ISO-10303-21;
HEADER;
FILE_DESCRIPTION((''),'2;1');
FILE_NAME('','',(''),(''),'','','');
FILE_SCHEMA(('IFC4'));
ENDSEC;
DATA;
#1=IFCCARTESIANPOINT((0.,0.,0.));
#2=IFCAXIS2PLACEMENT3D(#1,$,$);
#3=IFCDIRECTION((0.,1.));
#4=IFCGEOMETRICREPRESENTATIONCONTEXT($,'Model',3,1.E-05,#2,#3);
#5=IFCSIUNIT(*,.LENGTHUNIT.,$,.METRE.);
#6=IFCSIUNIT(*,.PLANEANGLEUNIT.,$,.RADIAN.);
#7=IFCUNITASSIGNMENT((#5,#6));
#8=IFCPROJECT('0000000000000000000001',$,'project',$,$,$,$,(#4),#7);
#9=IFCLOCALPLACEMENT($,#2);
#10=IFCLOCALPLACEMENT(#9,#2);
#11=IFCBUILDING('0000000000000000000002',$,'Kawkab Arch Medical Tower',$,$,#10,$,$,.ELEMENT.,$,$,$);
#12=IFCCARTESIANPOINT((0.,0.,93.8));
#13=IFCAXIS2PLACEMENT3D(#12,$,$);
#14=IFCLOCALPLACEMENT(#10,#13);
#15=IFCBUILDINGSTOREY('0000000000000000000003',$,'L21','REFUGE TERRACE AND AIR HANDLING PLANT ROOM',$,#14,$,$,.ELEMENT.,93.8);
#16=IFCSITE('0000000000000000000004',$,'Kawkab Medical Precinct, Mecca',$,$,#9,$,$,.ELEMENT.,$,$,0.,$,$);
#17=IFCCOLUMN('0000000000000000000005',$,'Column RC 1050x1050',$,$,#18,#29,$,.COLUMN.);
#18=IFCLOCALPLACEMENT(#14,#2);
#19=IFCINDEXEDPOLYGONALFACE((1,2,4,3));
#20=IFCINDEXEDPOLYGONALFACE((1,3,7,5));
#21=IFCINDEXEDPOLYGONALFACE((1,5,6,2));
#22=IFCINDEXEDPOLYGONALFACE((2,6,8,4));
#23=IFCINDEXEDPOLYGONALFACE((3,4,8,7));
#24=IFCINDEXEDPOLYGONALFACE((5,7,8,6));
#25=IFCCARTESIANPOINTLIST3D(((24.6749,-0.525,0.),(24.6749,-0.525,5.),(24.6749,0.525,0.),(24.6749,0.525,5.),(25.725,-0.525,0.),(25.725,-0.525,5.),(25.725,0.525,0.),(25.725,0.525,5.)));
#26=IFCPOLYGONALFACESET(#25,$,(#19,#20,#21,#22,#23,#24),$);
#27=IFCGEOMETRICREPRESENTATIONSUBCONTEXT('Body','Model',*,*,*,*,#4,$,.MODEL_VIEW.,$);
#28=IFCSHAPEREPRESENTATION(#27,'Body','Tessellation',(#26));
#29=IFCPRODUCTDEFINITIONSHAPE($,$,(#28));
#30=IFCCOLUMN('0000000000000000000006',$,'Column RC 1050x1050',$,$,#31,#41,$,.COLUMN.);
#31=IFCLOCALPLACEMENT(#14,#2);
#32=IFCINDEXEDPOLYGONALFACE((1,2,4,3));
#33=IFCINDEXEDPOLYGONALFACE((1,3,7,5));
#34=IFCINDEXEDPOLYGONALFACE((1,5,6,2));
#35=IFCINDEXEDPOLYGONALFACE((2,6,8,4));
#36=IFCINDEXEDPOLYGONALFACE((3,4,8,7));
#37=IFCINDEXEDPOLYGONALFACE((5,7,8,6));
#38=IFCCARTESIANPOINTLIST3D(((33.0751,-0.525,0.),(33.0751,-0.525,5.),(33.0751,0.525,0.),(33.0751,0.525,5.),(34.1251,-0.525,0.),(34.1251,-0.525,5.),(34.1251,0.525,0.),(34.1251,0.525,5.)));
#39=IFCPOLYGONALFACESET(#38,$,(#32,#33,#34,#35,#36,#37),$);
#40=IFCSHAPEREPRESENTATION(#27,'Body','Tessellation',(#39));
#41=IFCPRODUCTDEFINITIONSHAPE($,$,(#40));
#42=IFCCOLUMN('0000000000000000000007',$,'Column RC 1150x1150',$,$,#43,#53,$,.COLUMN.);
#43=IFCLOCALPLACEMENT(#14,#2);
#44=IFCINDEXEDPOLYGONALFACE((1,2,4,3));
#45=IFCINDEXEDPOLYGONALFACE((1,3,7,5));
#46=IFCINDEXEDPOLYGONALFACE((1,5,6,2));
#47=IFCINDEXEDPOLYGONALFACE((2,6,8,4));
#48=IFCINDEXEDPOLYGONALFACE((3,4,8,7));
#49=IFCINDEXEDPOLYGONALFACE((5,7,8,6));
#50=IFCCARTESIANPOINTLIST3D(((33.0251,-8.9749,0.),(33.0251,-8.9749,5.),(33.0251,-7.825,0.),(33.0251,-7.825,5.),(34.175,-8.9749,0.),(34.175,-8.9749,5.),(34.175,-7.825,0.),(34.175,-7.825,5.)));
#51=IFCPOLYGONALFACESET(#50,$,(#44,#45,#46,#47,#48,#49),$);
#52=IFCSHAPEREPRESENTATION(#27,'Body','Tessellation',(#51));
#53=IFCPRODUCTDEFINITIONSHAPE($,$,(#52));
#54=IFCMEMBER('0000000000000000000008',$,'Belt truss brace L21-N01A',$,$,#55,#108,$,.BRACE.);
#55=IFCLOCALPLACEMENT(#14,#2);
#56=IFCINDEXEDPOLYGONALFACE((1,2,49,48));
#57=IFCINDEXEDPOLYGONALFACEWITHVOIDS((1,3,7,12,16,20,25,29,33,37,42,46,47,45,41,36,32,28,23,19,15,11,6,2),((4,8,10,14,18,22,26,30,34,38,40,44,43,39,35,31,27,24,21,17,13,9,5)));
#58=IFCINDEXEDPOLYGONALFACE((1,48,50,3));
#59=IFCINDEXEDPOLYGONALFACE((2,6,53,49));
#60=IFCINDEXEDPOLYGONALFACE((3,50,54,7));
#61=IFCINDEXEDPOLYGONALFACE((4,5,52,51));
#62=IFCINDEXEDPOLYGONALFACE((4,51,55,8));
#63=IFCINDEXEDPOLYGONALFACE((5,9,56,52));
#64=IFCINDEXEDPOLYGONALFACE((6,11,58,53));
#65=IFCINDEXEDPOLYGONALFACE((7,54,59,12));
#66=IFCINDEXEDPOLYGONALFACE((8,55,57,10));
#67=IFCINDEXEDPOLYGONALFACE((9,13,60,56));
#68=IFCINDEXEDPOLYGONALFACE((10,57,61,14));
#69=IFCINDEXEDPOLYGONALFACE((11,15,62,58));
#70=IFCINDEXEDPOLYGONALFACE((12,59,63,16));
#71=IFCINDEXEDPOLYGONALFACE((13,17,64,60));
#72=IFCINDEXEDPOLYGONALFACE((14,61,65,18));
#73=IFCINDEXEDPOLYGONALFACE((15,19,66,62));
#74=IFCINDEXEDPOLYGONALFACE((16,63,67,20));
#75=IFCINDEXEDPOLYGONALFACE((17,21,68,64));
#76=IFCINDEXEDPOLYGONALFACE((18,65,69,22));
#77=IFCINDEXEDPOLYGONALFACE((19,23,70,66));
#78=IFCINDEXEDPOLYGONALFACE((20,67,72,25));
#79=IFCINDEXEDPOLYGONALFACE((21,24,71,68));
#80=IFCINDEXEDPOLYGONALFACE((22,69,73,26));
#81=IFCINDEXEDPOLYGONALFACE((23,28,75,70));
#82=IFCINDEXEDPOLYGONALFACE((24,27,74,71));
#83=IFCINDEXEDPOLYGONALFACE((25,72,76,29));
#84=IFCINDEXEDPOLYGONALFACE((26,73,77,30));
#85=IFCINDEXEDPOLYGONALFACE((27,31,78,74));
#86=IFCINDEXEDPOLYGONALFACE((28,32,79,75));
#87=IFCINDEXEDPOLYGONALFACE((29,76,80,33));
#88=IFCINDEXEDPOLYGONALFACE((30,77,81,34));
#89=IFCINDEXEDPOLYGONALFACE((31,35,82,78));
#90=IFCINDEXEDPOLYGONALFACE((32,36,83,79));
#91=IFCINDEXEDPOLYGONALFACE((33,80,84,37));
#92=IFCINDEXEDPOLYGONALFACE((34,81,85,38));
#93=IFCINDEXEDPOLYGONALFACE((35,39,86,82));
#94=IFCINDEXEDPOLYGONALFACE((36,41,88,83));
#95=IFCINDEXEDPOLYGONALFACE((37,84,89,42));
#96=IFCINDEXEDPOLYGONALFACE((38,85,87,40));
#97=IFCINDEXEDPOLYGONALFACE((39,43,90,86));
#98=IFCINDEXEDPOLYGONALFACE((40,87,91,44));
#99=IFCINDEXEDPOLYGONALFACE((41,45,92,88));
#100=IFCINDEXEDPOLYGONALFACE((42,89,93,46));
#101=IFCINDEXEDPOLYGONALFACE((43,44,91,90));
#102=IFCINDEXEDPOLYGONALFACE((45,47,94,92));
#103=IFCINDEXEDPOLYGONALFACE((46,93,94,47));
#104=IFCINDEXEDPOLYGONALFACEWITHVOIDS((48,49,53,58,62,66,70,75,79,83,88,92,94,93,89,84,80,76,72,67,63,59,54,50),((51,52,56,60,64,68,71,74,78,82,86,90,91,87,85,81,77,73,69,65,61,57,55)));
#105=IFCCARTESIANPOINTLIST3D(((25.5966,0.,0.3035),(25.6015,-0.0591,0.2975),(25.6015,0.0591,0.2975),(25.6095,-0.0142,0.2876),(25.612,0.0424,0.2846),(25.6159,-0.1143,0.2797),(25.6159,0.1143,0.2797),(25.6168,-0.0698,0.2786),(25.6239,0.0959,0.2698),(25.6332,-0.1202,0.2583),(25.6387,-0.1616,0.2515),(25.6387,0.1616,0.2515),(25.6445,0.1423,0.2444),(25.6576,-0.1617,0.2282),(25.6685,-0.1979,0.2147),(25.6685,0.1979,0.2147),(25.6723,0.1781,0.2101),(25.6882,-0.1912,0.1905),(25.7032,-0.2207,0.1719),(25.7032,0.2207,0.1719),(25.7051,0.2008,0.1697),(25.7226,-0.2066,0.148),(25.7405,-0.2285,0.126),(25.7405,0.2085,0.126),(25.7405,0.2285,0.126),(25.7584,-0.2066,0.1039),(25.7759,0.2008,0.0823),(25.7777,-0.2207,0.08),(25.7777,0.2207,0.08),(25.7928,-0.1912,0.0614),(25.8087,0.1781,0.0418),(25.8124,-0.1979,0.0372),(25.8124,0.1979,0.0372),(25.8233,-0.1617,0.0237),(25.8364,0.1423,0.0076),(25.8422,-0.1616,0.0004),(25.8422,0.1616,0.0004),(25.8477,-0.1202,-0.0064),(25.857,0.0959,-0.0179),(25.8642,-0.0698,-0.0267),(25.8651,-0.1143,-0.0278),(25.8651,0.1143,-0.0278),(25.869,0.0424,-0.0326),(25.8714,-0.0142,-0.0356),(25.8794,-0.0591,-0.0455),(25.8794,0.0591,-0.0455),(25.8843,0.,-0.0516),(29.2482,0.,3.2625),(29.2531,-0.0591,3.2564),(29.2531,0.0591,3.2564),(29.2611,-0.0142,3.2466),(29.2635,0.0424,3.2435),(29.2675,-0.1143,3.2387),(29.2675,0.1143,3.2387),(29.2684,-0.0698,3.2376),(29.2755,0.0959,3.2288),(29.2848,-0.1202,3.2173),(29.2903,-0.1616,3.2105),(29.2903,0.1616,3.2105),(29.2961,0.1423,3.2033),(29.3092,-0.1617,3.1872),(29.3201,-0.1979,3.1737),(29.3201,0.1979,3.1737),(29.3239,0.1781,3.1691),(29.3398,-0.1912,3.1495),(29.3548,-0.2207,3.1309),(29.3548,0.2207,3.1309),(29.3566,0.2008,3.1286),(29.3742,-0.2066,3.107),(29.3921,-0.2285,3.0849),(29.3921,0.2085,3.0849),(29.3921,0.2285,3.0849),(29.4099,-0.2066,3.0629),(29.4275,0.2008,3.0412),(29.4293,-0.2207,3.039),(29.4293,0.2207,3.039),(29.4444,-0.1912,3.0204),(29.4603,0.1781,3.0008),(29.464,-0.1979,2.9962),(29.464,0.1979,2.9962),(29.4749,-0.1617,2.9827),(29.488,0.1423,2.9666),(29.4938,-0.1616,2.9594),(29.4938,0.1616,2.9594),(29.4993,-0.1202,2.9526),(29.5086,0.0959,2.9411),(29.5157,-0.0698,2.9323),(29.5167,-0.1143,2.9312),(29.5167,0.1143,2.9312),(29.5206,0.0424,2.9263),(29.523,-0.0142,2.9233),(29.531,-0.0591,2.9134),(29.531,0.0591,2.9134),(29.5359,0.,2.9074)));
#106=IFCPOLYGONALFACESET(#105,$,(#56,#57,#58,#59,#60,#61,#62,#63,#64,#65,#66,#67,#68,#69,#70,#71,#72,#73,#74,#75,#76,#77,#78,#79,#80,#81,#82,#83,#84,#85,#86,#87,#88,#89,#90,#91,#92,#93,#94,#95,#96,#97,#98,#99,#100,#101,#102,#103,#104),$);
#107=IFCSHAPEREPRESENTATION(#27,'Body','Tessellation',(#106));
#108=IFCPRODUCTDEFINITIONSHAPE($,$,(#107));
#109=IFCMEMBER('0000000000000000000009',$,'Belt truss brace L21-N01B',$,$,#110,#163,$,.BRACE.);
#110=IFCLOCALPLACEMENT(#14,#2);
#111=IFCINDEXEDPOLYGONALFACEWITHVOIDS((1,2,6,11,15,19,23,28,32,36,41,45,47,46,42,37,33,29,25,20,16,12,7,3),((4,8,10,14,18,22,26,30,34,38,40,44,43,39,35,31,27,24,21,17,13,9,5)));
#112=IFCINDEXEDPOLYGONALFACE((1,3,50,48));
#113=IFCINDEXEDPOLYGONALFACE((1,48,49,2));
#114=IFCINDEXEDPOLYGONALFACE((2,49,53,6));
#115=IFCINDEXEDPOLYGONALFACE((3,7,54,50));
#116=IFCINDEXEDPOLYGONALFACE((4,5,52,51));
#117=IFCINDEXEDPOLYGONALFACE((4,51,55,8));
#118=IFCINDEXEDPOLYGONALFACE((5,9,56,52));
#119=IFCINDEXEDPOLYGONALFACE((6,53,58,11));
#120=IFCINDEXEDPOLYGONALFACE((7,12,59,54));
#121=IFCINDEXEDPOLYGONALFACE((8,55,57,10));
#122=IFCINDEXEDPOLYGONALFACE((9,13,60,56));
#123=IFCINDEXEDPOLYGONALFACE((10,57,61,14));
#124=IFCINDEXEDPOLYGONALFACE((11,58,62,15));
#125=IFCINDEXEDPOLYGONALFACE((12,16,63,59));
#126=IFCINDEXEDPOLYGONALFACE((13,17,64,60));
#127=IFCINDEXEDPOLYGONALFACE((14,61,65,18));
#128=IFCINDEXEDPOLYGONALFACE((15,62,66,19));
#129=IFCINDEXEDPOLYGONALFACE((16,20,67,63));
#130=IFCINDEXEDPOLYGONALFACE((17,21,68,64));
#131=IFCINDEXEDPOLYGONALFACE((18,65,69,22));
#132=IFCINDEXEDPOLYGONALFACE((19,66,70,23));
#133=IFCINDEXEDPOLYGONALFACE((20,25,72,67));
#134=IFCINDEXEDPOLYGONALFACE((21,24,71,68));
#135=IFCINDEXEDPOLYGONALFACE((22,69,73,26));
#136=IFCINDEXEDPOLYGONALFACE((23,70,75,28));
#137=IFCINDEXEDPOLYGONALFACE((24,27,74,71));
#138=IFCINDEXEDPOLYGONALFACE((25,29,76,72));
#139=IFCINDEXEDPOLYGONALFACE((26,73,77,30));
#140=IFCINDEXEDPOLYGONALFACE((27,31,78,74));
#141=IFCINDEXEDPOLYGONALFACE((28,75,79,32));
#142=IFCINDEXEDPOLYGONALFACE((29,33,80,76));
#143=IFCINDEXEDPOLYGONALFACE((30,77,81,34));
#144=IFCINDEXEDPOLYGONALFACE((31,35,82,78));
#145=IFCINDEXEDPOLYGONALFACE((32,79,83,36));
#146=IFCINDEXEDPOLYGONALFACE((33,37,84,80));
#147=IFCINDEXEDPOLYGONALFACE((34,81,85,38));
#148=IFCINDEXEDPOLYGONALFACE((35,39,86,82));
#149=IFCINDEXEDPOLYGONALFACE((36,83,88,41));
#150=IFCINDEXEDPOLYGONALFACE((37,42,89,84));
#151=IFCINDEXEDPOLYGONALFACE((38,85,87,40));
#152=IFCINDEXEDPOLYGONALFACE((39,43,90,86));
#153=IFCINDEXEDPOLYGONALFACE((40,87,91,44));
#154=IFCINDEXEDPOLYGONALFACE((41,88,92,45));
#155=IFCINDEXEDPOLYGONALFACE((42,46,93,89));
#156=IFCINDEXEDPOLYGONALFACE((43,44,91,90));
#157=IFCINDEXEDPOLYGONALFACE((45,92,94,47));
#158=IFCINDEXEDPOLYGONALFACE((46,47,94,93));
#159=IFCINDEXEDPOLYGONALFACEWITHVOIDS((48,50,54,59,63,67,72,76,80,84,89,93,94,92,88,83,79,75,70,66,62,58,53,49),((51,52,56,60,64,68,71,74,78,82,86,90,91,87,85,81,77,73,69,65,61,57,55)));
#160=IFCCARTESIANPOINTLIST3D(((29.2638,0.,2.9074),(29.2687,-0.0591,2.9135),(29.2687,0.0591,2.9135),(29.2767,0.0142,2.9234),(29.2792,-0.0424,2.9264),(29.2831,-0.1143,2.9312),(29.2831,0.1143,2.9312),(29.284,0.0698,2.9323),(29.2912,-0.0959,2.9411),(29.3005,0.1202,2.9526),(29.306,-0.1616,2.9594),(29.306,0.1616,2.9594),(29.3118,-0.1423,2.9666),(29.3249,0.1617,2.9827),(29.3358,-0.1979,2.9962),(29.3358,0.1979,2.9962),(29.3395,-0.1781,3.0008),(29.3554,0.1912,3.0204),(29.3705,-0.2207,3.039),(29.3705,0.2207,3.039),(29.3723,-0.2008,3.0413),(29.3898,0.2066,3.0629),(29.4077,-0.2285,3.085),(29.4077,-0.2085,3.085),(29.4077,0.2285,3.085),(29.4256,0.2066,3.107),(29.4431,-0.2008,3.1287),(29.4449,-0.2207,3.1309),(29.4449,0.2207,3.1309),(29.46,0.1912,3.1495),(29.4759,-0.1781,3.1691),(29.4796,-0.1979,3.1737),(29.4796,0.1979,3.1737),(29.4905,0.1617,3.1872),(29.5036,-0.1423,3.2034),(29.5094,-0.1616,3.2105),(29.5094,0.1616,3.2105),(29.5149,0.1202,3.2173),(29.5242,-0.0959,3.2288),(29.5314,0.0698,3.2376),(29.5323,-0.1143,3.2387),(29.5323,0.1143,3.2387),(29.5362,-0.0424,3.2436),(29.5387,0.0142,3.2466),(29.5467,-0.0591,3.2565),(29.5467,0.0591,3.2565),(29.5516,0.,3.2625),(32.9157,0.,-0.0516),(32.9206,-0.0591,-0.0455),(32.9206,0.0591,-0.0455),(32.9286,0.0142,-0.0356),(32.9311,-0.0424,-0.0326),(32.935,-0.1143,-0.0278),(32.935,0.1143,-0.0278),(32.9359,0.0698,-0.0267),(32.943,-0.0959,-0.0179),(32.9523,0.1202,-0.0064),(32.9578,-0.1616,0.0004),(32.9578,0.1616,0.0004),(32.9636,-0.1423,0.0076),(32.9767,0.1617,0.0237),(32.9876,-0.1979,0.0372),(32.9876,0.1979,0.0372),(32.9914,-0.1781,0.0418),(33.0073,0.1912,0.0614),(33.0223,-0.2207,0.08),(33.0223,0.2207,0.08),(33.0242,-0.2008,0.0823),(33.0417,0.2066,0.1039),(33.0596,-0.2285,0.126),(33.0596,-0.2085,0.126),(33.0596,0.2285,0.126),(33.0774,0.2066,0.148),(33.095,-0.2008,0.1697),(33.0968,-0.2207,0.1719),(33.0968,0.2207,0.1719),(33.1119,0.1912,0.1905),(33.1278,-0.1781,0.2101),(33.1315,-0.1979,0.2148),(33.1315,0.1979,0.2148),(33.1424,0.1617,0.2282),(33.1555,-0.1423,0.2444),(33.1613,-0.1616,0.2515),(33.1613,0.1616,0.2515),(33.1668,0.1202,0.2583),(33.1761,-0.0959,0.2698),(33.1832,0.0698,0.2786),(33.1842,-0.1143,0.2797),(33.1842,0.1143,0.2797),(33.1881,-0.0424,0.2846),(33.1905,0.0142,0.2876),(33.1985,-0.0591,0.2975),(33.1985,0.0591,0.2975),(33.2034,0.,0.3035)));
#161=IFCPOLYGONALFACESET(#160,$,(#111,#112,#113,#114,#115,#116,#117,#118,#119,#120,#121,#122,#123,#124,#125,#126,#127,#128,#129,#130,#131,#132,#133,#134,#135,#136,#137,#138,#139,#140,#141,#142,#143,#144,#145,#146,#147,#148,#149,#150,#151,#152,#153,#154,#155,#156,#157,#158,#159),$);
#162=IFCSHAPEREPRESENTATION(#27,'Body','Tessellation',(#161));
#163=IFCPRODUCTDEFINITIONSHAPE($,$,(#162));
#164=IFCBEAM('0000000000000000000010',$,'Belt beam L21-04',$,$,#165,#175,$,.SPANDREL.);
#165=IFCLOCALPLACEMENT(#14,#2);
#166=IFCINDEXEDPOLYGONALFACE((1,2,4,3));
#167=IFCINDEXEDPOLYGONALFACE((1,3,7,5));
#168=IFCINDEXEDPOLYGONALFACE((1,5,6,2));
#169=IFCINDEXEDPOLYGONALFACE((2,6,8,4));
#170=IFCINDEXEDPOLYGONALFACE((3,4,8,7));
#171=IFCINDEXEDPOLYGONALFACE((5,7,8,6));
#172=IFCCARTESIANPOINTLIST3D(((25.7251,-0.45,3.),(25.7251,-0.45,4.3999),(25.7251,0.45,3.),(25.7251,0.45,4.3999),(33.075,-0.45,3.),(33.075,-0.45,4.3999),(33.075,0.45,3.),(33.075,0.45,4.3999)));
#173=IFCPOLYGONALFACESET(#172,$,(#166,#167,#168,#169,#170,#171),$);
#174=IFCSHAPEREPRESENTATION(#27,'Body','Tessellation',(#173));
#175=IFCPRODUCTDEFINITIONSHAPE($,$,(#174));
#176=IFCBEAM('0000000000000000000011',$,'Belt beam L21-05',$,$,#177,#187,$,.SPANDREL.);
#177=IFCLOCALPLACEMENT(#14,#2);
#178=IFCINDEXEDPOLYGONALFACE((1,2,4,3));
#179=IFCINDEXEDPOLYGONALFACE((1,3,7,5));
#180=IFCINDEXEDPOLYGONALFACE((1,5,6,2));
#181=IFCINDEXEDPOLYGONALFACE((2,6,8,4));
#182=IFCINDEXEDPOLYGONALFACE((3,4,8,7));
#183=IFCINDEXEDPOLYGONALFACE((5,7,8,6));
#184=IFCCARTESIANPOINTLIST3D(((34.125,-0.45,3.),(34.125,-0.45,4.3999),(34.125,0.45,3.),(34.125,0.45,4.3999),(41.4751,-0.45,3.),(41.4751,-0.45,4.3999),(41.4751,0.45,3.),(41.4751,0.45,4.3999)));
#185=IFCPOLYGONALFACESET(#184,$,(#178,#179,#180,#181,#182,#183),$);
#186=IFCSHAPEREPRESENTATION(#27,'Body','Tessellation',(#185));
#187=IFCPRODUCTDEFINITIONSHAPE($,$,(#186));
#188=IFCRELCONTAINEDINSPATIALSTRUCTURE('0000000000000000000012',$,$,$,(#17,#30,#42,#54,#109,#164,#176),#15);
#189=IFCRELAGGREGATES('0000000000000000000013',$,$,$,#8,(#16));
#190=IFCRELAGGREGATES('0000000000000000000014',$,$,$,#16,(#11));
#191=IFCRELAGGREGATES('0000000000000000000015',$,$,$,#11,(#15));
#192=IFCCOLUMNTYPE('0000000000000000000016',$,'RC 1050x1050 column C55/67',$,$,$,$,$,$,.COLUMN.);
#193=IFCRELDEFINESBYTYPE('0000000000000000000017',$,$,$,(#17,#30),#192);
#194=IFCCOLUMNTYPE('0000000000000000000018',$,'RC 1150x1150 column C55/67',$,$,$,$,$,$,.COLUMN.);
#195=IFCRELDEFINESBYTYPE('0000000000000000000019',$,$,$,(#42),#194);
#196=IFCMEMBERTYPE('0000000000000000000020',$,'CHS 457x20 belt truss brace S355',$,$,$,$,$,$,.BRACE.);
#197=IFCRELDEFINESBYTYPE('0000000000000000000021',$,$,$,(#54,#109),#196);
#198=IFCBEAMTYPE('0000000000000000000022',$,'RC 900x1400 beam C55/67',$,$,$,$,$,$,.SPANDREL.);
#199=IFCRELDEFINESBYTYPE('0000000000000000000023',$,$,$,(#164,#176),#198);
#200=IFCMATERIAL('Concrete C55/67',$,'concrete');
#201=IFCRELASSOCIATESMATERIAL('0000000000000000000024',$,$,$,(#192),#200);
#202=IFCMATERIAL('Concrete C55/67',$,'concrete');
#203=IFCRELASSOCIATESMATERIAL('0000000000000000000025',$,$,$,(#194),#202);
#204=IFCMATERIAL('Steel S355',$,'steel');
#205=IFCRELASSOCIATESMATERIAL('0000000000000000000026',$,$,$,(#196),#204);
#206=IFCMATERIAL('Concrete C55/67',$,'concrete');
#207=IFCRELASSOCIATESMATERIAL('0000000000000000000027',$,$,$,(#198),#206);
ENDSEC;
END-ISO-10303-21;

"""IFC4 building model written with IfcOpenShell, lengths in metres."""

from ifc_helpers import new_model, si_unit, direction, frame, origin, origin_2d, place, context, subcontext, project, spatial, rectangle, hollow_circle, extrude, material, material_profile, profile_set, type_object, element, save


model = new_model("IFC4")

# Units and contexts
model_context = context("Model", 3, precision=1e-05, world=origin(), true_north=direction((0.0, 1.0)))
body_context = subcontext(model_context, "Body", "Model", "MODEL_VIEW")
ifc_project = project(units=[si_unit("LENGTHUNIT", "METRE"), si_unit("PLANEANGLEUNIT", "RADIAN")], contexts=[model_context])

# Site, building, storey
site_placement = place(None, origin())
site = spatial("IfcSite", under=ifc_project, at=site_placement, Name="Kawkab Medical Precinct, Mecca", CompositionType="ELEMENT", RefElevation=0.0)
building_placement = place(site_placement, origin())
building = spatial("IfcBuilding", under=site, at=building_placement, Name="Kawkab Arch Medical Tower", CompositionType="ELEMENT")
storey_placement = place(building_placement, frame((0.0, 0.0, 93.8)))
storey = spatial("IfcBuildingStorey", under=building, at=storey_placement, Name="L21", Description="REFUGE TERRACE AND AIR HANDLING PLANT ROOM", CompositionType="ELEMENT", Elevation=93.8)

# Columns
ifc_material_1 = material(Name="Concrete C55/67", Category="concrete")
ifc_material_profile_1 = material_profile(ifc_material_1, rectangle(XDim=1.05, YDim=1.05, at=origin_2d()), Name="RC 1050x1050")
ifc_profile_set_1 = profile_set([ifc_material_profile_1], Name="Concrete C55/67")
column_type_1 = type_object("IfcColumnType", Name="RC 1050x1050 column C55/67", PredefinedType="COLUMN", material=ifc_profile_set_1)
for number, where, z_axis, x_axis, name in (
    (1, (25.2, 0.0, 0.0), (0.0, 0.0, 1.0), (1.0, 0.0, 0.0), "Column RC 1050x1050"),
    (2, (33.6001, 0.0, 0.0), (0.0, 0.0, 1.0), (1.0, 0.0, 0.0), "Column RC 1050x1050"),
):
    element("IfcColumn", number, at=place(storey_placement, frame(where, z_axis=z_axis, x_axis=x_axis)), inside=storey, type_object=column_type_1, Name=name, PredefinedType="COLUMN", context=body_context, shape_type="SweptSolid", body=[
        extrude(rectangle(XDim=1.05, YDim=1.05, at=origin_2d()), origin(), (0.0, 0.0, 1.0), 5.0),
    ])
ifc_material_2 = material(Name="Concrete C55/67", Category="concrete")
ifc_material_profile_2 = material_profile(ifc_material_2, rectangle(XDim=1.1499, YDim=1.1499, at=origin_2d()), Name="RC 1150x1150")
ifc_profile_set_2 = profile_set([ifc_material_profile_2], Name="Concrete C55/67")
column_type_2 = type_object("IfcColumnType", Name="RC 1150x1150 column C55/67", PredefinedType="COLUMN", material=ifc_profile_set_2)
column_placement = place(storey_placement, frame((33.6001, -8.3999, 0.0), z_axis=(0.0, 0.0, 1.0), x_axis=(1.0, 0.0, 0.0)))
element("IfcColumn", 3, at=column_placement, inside=storey, type_object=column_type_2, Name="Column RC 1150x1150", PredefinedType="COLUMN", context=body_context, shape_type="SweptSolid", body=[
    extrude(rectangle(XDim=1.1499, YDim=1.1499, at=origin_2d()), origin(), (0.0, 0.0, 1.0), 5.0),
])

# Members
ifc_material_3 = material(Name="Steel S355", Category="steel")
ifc_material_profile_3 = material_profile(ifc_material_3, hollow_circle(Radius=0.2285, WallThickness=0.02, at=origin_2d()), Name="CHS 457x20")
ifc_profile_set_3 = profile_set([ifc_material_profile_3], Name="Steel S355")
member_type = type_object("IfcMemberType", Name="CHS 457x20 belt truss brace S355", PredefinedType="BRACE", material=ifc_profile_set_3)
member_1_placement = place(storey_placement, frame((25.7405, 0.0, 0.126), z_axis=(0.776941, 0.0, 0.629573), x_axis=(0.0, 1.0, 0.0)))
element("IfcMember", 4, at=member_1_placement, inside=storey, type_object=member_type, Name="Belt truss brace L21-N01A", PredefinedType="BRACE", context=body_context, shape_type="SweptSolid", body=[
    extrude(hollow_circle(Radius=0.2285, WallThickness=0.02, at=origin_2d()), origin(), (0.0, 0.0, 1.0), 4.7),
])
member_2_placement = place(storey_placement, frame((33.0596, 0.0, 0.126), z_axis=(-0.776962, 0.0, 0.629548), x_axis=(0.0, -1.0, 0.0)))
element("IfcMember", 5, at=member_2_placement, inside=storey, type_object=member_type, Name="Belt truss brace L21-N01B", PredefinedType="BRACE", context=body_context, shape_type="SweptSolid", body=[
    extrude(hollow_circle(Radius=0.2285, WallThickness=0.02, at=origin_2d()), origin(), (0.0, 0.0, 1.0), 4.7002),
])

# Beams
ifc_material_4 = material(Name="Concrete C55/67", Category="concrete")
ifc_material_profile_4 = material_profile(ifc_material_4, rectangle(XDim=0.8999, YDim=1.3999, at=origin_2d()), Name="RC 900x1400")
ifc_profile_set_4 = profile_set([ifc_material_profile_4], Name="Concrete C55/67")
beam_type = type_object("IfcBeamType", Name="RC 900x1400 beam C55/67", PredefinedType="SPANDREL", material=ifc_profile_set_4)
beam_1_placement = place(storey_placement, frame((25.7251, 0.0, 3.7), z_axis=(1.0, 0.0, 0.0), x_axis=(0.0, 1.0, 0.0)))
element("IfcBeam", 6, at=beam_1_placement, inside=storey, type_object=beam_type, Name="Belt beam L21-04", PredefinedType="SPANDREL", context=body_context, shape_type="SweptSolid", body=[
    extrude(rectangle(XDim=0.8999, YDim=1.3999, at=origin_2d()), origin(), (0.0, 0.0, 1.0), 7.3499),
])
beam_2_placement = place(storey_placement, frame((34.125, 0.0, 3.7), z_axis=(1.0, 0.0, 0.0), x_axis=(0.0, 1.0, 0.0)))
element("IfcBeam", 7, at=beam_2_placement, inside=storey, type_object=beam_type, Name="Belt beam L21-05", PredefinedType="SPANDREL", context=body_context, shape_type="SweptSolid", body=[
    extrude(rectangle(XDim=0.8999, YDim=1.3999, at=origin_2d()), origin(), (0.0, 0.0, 1.0), 7.3501),
])

save(model, "model.ifc")
